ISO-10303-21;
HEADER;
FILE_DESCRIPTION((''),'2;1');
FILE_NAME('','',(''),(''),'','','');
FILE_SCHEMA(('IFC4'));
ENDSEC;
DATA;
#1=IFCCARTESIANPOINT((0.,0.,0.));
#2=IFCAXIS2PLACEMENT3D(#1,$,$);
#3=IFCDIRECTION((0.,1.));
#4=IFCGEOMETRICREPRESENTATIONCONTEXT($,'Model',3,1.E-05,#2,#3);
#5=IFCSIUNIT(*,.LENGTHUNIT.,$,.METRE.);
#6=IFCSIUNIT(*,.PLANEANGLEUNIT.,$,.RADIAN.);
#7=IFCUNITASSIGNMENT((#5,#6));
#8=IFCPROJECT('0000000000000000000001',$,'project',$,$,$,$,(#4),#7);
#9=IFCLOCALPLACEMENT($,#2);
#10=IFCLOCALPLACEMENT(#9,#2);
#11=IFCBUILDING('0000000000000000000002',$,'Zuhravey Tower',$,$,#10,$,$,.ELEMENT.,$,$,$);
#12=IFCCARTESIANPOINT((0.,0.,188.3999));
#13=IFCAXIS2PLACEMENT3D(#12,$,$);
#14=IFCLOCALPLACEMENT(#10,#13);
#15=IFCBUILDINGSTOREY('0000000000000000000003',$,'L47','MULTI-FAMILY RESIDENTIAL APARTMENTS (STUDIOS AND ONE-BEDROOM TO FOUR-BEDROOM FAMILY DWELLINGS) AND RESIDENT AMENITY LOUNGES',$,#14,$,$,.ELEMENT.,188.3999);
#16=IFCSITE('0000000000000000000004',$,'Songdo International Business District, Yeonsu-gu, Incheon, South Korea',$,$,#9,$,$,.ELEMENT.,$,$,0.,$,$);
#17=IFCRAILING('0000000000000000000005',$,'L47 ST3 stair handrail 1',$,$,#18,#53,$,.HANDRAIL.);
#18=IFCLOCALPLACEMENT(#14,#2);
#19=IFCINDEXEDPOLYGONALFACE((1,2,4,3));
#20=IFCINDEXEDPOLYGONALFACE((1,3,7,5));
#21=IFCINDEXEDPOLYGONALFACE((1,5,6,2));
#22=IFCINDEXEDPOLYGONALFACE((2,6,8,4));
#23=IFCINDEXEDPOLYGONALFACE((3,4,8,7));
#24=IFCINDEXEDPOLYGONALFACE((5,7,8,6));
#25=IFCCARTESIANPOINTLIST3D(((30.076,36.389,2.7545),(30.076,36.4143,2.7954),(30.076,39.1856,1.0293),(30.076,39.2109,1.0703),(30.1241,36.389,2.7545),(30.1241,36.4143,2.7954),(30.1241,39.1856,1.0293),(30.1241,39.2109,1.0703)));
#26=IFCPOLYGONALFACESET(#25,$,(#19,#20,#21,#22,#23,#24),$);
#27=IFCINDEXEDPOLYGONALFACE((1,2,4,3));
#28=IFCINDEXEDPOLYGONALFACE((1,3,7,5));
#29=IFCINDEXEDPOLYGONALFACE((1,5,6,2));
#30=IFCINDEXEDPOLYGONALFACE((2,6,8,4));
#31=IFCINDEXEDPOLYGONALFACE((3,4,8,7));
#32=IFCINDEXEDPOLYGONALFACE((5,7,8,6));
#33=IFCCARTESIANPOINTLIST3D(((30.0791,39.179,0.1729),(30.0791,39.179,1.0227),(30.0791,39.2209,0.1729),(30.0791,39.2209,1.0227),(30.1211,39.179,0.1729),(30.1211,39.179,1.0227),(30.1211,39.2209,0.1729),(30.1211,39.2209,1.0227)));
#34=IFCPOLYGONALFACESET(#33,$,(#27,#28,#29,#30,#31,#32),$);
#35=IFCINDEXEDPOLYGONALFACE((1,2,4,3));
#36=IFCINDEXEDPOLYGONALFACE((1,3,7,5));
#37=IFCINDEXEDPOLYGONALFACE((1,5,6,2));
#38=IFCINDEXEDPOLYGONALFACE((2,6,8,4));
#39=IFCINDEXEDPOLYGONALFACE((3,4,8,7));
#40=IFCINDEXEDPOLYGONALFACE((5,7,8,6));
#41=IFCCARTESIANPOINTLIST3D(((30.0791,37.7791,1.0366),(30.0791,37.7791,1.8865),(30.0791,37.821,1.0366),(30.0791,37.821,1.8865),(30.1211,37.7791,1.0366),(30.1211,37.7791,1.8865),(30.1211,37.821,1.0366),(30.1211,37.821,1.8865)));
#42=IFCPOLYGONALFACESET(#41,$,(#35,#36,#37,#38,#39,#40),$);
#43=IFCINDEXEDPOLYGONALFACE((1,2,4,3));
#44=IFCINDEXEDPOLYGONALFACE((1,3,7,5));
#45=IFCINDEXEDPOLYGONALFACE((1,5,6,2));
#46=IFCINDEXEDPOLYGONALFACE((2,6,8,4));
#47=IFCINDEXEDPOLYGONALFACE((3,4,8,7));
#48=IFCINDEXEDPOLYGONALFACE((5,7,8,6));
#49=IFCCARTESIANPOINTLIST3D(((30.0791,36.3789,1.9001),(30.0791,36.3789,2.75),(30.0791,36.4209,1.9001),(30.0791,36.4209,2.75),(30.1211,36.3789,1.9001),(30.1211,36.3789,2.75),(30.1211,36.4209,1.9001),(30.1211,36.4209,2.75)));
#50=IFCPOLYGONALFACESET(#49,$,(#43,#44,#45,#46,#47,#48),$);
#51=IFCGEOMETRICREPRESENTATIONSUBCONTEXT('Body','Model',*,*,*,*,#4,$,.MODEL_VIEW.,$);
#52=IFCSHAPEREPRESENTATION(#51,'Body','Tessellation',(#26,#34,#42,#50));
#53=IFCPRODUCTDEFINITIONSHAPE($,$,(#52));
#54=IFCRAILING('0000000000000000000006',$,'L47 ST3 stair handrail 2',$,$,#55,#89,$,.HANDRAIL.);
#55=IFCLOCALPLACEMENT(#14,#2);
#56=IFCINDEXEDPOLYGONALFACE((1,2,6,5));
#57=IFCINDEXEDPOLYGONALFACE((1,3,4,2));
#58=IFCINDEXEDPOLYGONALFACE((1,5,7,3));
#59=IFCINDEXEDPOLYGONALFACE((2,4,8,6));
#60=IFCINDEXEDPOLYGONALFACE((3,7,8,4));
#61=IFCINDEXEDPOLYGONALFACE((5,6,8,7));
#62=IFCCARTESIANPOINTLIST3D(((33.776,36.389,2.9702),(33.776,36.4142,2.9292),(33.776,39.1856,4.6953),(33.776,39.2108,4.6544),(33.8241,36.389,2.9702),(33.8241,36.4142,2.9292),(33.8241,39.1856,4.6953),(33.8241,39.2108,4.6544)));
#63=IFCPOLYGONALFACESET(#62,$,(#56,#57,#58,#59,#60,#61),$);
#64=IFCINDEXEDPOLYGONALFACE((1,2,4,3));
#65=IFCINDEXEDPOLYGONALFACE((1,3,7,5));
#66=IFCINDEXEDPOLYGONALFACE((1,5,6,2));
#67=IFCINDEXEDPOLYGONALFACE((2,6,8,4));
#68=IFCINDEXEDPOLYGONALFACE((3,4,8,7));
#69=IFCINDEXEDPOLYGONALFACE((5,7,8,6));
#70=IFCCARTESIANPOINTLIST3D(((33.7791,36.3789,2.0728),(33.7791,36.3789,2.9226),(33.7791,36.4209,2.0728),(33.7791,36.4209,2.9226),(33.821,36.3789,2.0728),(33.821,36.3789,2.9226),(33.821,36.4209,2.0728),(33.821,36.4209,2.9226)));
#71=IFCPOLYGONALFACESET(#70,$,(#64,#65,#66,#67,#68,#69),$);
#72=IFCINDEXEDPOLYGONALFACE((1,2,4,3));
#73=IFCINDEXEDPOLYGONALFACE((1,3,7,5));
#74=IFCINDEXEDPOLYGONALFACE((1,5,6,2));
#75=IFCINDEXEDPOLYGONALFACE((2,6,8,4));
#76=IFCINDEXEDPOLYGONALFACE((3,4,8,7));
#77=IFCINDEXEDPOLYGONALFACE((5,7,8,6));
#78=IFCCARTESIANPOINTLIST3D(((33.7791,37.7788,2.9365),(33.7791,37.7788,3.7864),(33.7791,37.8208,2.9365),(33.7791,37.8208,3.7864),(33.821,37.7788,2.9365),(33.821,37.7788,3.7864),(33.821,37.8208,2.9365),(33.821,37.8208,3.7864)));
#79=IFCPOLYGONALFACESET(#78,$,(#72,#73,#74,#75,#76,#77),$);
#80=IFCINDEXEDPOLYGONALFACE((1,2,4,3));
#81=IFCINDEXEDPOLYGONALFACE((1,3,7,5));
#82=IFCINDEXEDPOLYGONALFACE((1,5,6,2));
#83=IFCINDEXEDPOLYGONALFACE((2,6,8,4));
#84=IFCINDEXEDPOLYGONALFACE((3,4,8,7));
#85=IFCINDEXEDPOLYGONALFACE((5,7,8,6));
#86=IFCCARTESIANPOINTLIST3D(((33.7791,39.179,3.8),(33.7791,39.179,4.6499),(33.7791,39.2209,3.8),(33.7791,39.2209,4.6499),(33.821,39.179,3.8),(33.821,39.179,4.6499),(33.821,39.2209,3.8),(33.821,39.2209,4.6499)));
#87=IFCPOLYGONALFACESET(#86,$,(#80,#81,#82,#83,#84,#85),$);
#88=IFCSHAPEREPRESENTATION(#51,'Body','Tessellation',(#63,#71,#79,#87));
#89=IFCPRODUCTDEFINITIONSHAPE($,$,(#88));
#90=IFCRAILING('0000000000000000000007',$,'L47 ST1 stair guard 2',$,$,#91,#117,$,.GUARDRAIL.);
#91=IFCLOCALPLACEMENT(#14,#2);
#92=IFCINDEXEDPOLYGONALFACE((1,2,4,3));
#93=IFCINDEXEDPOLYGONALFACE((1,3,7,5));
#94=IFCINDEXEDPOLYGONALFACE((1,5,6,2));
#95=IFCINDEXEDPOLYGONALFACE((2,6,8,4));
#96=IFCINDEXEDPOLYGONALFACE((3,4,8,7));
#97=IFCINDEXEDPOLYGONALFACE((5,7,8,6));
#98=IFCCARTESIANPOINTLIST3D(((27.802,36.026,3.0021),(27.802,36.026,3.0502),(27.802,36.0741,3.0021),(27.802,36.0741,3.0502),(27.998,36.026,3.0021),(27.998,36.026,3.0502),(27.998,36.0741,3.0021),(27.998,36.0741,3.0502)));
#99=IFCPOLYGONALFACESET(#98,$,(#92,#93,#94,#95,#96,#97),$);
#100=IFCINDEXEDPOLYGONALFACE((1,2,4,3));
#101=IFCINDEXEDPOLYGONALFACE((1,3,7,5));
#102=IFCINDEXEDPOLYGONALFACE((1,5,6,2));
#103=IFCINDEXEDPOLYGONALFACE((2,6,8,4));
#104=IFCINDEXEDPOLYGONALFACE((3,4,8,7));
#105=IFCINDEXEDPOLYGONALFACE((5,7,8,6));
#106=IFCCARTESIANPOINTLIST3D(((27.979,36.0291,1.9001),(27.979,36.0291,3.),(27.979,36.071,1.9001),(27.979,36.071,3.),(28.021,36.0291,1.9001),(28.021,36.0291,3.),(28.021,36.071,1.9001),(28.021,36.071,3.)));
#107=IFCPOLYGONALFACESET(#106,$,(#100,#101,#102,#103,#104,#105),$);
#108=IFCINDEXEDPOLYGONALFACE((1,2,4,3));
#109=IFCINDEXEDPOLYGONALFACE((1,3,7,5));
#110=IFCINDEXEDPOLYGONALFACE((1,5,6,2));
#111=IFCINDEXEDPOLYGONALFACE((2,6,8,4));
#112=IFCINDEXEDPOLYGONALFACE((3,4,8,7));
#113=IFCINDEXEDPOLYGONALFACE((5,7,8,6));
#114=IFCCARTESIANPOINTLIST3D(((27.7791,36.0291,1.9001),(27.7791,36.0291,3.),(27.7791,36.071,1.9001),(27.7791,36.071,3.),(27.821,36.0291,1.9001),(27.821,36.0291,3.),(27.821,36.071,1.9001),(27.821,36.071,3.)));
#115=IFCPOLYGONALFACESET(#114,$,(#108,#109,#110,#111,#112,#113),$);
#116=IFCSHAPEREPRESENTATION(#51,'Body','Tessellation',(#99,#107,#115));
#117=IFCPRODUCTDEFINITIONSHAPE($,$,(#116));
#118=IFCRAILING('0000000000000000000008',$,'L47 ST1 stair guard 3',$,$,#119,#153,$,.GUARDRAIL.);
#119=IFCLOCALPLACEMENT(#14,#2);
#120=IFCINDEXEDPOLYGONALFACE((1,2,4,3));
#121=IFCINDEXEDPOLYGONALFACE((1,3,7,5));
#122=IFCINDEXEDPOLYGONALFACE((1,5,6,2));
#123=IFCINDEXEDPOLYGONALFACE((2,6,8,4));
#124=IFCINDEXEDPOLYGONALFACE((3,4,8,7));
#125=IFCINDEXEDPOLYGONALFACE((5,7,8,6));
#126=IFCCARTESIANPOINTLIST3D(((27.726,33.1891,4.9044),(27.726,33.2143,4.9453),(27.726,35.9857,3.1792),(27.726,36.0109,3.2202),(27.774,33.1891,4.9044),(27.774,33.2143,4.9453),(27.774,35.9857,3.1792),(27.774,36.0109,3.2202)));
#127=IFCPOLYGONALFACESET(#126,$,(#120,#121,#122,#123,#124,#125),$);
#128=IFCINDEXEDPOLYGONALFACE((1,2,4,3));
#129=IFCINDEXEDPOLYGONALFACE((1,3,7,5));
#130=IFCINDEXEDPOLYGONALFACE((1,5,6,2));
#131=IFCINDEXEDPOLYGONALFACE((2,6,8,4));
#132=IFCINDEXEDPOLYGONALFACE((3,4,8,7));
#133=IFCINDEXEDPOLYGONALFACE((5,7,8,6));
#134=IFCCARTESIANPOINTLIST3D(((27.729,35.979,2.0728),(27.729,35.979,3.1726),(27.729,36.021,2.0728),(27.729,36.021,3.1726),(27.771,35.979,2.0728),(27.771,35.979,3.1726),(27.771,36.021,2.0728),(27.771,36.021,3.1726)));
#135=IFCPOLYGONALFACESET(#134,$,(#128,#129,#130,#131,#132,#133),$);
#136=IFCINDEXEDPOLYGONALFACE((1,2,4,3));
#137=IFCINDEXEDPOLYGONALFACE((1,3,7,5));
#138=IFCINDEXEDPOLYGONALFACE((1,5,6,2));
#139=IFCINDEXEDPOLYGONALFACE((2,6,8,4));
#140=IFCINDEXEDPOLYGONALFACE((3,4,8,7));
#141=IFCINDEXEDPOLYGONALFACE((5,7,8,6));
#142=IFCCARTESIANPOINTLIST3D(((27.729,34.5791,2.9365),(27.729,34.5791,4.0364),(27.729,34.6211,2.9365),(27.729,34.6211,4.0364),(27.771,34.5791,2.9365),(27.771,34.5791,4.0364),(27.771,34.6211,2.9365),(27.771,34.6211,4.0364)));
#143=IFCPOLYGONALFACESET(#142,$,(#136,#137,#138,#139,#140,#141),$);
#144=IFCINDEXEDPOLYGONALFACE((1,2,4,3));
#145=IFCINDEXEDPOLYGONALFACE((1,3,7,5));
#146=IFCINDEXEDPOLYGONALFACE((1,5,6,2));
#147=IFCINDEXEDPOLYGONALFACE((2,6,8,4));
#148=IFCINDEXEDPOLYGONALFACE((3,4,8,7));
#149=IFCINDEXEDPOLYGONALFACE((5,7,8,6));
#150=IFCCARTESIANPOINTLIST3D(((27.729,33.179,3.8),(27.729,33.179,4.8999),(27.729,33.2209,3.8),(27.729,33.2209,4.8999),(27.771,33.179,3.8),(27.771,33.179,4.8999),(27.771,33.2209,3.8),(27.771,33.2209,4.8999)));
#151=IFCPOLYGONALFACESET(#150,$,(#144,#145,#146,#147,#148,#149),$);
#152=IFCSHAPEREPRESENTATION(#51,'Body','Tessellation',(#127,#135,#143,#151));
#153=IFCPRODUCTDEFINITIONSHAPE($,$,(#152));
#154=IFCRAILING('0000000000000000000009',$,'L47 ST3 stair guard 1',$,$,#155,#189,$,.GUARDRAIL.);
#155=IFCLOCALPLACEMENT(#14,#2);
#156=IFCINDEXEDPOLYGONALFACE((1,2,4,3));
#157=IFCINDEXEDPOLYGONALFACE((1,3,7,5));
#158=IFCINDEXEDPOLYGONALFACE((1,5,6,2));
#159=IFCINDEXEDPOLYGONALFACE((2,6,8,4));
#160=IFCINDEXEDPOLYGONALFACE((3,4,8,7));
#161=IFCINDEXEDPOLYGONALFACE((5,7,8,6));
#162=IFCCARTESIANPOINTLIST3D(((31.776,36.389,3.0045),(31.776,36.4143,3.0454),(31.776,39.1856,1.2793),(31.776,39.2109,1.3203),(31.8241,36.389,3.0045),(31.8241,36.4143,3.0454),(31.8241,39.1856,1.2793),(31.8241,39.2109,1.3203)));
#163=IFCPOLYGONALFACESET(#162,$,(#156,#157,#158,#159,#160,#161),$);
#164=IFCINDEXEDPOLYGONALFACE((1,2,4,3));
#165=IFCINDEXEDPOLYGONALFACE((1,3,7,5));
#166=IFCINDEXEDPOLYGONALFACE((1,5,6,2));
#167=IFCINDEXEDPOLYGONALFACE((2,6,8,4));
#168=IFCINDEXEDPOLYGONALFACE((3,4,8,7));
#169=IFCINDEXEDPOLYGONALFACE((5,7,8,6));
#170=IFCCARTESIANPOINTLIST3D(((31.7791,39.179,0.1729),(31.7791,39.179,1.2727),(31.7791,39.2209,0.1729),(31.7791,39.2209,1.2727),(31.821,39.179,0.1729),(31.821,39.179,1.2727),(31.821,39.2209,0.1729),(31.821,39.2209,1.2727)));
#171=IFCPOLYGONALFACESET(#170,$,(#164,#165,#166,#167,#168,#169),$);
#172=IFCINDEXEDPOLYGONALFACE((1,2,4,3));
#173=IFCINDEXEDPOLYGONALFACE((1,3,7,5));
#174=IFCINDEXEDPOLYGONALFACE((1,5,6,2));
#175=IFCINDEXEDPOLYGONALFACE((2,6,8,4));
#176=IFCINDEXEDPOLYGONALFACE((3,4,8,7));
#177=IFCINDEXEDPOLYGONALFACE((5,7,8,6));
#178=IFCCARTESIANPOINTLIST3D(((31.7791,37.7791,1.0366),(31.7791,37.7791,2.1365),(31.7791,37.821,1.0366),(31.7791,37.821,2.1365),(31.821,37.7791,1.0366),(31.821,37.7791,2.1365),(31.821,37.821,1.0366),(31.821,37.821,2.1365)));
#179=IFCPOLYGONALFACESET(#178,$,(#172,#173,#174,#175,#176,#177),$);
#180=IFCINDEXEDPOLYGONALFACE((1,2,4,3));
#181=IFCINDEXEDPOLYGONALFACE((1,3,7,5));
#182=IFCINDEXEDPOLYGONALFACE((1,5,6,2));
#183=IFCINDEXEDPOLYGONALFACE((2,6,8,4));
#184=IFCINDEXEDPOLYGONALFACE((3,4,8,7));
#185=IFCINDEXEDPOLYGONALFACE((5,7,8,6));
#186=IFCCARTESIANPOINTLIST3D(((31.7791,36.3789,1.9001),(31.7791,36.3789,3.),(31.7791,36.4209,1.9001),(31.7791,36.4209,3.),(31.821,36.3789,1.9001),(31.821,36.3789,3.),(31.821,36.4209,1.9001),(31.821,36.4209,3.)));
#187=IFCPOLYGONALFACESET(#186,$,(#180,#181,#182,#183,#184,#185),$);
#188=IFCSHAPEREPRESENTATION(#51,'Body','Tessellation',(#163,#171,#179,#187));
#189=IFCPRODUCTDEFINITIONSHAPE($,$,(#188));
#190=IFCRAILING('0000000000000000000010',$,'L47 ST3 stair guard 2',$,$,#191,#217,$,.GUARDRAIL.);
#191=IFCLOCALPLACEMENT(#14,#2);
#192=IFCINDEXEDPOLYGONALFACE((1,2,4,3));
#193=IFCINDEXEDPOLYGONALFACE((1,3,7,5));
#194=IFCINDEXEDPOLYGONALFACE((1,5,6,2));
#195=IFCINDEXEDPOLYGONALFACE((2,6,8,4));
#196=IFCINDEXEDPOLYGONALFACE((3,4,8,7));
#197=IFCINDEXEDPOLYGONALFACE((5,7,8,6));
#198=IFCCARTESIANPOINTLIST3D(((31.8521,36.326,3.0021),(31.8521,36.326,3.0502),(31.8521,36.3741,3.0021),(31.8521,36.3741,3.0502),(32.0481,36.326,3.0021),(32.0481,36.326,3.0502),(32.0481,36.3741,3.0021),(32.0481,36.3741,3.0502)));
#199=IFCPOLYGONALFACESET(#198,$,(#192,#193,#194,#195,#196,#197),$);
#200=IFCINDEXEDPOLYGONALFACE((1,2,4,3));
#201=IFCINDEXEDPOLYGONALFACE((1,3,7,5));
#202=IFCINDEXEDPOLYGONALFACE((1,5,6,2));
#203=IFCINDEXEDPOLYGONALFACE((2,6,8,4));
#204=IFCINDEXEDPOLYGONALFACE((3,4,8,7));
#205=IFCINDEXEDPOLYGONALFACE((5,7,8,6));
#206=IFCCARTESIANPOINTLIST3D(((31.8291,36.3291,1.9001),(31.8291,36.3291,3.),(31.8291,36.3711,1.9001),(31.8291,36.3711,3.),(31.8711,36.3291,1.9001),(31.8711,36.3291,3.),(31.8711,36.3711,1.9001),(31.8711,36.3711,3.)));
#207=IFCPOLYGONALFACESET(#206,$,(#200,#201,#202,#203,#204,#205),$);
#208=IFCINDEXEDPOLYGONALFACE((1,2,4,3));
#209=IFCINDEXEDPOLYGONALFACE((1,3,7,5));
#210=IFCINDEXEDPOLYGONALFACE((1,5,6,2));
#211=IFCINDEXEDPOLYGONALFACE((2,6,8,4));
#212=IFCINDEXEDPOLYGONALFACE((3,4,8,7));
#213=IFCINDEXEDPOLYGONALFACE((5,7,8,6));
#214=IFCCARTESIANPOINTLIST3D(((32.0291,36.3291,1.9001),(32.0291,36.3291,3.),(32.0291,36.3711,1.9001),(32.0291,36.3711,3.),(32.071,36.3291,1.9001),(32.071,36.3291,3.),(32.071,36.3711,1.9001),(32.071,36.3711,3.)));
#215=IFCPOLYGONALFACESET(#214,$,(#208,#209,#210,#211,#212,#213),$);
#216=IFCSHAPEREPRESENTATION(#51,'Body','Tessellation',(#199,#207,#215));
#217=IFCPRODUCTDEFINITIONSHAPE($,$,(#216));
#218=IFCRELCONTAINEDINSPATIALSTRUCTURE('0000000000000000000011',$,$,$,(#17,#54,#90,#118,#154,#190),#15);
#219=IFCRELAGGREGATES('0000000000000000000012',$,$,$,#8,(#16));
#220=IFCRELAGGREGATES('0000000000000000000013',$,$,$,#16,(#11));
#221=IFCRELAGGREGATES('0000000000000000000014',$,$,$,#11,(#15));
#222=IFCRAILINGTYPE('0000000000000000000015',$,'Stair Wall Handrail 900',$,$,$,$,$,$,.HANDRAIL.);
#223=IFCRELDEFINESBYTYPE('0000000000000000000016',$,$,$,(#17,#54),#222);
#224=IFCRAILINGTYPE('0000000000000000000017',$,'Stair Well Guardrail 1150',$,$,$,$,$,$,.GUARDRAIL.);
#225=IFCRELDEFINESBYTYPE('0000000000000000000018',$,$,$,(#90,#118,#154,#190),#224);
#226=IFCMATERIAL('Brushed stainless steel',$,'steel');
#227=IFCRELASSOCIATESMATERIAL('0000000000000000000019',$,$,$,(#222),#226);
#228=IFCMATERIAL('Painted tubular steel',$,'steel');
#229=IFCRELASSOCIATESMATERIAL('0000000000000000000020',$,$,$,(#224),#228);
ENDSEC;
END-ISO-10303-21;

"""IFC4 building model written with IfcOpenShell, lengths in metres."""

from ifc_helpers import new_model, si_unit, direction, frame, origin, origin_2d, place, context, subcontext, project, spatial, rectangle, extrude, material, type_object, element, save


model = new_model("IFC4")

# Units and contexts
model_context = context("Model", 3, precision=1e-05, world=origin(), true_north=direction((0.0, 1.0)))
body_context = subcontext(model_context, "Body", "Model", "MODEL_VIEW")
ifc_project = project(units=[si_unit("LENGTHUNIT", "METRE"), si_unit("PLANEANGLEUNIT", "RADIAN")], contexts=[model_context])

# Site, building, storey
site_placement = place(None, origin())
site = spatial("IfcSite", under=ifc_project, at=site_placement, Name="Songdo International Business District, Yeonsu-gu, Incheon, South Korea", CompositionType="ELEMENT", RefElevation=0.0)
building_placement = place(site_placement, origin())
building = spatial("IfcBuilding", under=site, at=building_placement, Name="Zuhravey Tower", CompositionType="ELEMENT")
storey_placement = place(building_placement, frame((0.0, 0.0, 188.3999)))
storey = spatial("IfcBuildingStorey", under=building, at=storey_placement, Name="L47", Description="MULTI-FAMILY RESIDENTIAL APARTMENTS (STUDIOS AND ONE-BEDROOM TO FOUR-BEDROOM FAMILY DWELLINGS) AND RESIDENT AMENITY LOUNGES", CompositionType="ELEMENT", Elevation=188.3999)

# Railings
ifc_material_1 = material(Name="Brushed stainless steel", Category="steel")
railing_type_1 = type_object("IfcRailingType", Name="Stair Wall Handrail 900", PredefinedType="HANDRAIL", material=ifc_material_1)
for number, where, name in (
    (1, (30.1001, 39.2, 0.1729), "L47 ST3 stair handrail 1"),
):
    element("IfcRailing", number, at=place(storey_placement, frame(where)), inside=storey, type_object=railing_type_1, Name=name, PredefinedType="HANDRAIL", context=body_context, shape_type="SweptSolid", body=[
        extrude(rectangle(XDim=0.0481, YDim=0.0481, at=origin_2d()), frame((0.0, -0.0017, 0.877), z_axis=(0.0, -0.85109, 0.52502), x_axis=(1.0, 0.0, 0.0)), (0.0, 0.0, 1.0), 3.2859),
        extrude(rectangle(XDim=0.042, YDim=0.042, at=origin_2d()), origin(), (0.0, 0.0, 1.0), 0.8499),
        extrude(rectangle(XDim=0.042, YDim=0.042, at=origin_2d()), frame((0.0, -1.3999, 0.8638)), (0.0, 0.0, 1.0), 0.8499),
        extrude(rectangle(XDim=0.042, YDim=0.042, at=origin_2d()), frame((0.0, -2.8, 1.7273)), (0.0, 0.0, 1.0), 0.8499),
    ])
railing_1_placement = place(storey_placement, frame((33.8, 36.3999, 2.0728)))
element("IfcRailing", 2, at=railing_1_placement, inside=storey, type_object=railing_type_1, Name="L47 ST3 stair handrail 2", PredefinedType="HANDRAIL", context=body_context, shape_type="SweptSolid", body=[
    extrude(rectangle(XDim=0.0481, YDim=0.0481, at=origin_2d()), frame((0.0, 0.0017, 0.877), z_axis=(0.0, 0.85109, 0.52502), x_axis=(-1.0, 0.0, 0.0)), (0.0, 0.0, 1.0), 3.2859),
    extrude(rectangle(XDim=0.042, YDim=0.042, at=origin_2d()), origin(), (0.0, 0.0, 1.0), 0.8499),
    extrude(rectangle(XDim=0.042, YDim=0.042, at=origin_2d()), frame((0.0, 1.3999, 0.8638)), (0.0, 0.0, 1.0), 0.8499),
    extrude(rectangle(XDim=0.042, YDim=0.042, at=origin_2d()), frame((0.0, 2.8, 1.7273)), (0.0, 0.0, 1.0), 0.8499),
])
ifc_material_2 = material(Name="Painted tubular steel", Category="steel")
railing_type_2 = type_object("IfcRailingType", Name="Stair Well Guardrail 1150", PredefinedType="GUARDRAIL", material=ifc_material_2)
railing_2_placement = place(storey_placement, frame((28.0, 36.05, 1.9001)))
element("IfcRailing", 3, at=railing_2_placement, inside=storey, type_object=railing_type_2, Name="L47 ST1 stair guard 2", PredefinedType="GUARDRAIL", context=body_context, shape_type="SweptSolid", body=[
    extrude(rectangle(XDim=0.0481, YDim=0.0481, at=origin_2d()), frame((-0.002, 0.0, 1.126), z_axis=(-1.0, 0.0, 0.0), x_axis=(0.0, -1.0, 0.0)), (0.0, 0.0, 1.0), 0.196),
    extrude(rectangle(XDim=0.042, YDim=0.042, at=origin_2d()), origin(), (0.0, 0.0, 1.0), 1.0999),
    extrude(rectangle(XDim=0.042, YDim=0.042, at=origin_2d()), frame((-0.2, 0.0, 0.0)), (0.0, 0.0, 1.0), 1.0999),
])
for number, where, name in (
    (4, (27.75, 36.0, 2.0728), "L47 ST1 stair guard 3"),
    (5, (31.8, 39.2, 0.1729), "L47 ST3 stair guard 1"),
):
    element("IfcRailing", number, at=place(storey_placement, frame(where)), inside=storey, type_object=railing_type_2, Name=name, PredefinedType="GUARDRAIL", context=body_context, shape_type="SweptSolid", body=[
        extrude(rectangle(XDim=0.0481, YDim=0.0481, at=origin_2d()), frame((0.0, -0.0017, 1.127), z_axis=(0.0, -0.85109, 0.52502), x_axis=(1.0, 0.0, 0.0)), (0.0, 0.0, 1.0), 3.2859),
        extrude(rectangle(XDim=0.042, YDim=0.042, at=origin_2d()), origin(), (0.0, 0.0, 1.0), 1.0999),
        extrude(rectangle(XDim=0.042, YDim=0.042, at=origin_2d()), frame((0.0, -1.3999, 0.8638)), (0.0, 0.0, 1.0), 1.0999),
        extrude(rectangle(XDim=0.042, YDim=0.042, at=origin_2d()), frame((0.0, -2.8, 1.7273)), (0.0, 0.0, 1.0), 1.0999),
    ])
railing_3_placement = place(storey_placement, frame((31.8501, 36.3501, 1.9001)))
element("IfcRailing", 6, at=railing_3_placement, inside=storey, type_object=railing_type_2, Name="L47 ST3 stair guard 2", PredefinedType="GUARDRAIL", context=body_context, shape_type="SweptSolid", body=[
    extrude(rectangle(XDim=0.0481, YDim=0.0481, at=origin_2d()), frame((0.002, 0.0, 1.126), z_axis=(1.0, 0.0, 0.0), x_axis=(0.0, 1.0, 0.0)), (0.0, 0.0, 1.0), 0.196),
    extrude(rectangle(XDim=0.042, YDim=0.042, at=origin_2d()), origin(), (0.0, 0.0, 1.0), 1.0999),
    extrude(rectangle(XDim=0.042, YDim=0.042, at=origin_2d()), frame((0.2, 0.0, 0.0)), (0.0, 0.0, 1.0), 1.0999),
])

save(model, "model.ifc")
